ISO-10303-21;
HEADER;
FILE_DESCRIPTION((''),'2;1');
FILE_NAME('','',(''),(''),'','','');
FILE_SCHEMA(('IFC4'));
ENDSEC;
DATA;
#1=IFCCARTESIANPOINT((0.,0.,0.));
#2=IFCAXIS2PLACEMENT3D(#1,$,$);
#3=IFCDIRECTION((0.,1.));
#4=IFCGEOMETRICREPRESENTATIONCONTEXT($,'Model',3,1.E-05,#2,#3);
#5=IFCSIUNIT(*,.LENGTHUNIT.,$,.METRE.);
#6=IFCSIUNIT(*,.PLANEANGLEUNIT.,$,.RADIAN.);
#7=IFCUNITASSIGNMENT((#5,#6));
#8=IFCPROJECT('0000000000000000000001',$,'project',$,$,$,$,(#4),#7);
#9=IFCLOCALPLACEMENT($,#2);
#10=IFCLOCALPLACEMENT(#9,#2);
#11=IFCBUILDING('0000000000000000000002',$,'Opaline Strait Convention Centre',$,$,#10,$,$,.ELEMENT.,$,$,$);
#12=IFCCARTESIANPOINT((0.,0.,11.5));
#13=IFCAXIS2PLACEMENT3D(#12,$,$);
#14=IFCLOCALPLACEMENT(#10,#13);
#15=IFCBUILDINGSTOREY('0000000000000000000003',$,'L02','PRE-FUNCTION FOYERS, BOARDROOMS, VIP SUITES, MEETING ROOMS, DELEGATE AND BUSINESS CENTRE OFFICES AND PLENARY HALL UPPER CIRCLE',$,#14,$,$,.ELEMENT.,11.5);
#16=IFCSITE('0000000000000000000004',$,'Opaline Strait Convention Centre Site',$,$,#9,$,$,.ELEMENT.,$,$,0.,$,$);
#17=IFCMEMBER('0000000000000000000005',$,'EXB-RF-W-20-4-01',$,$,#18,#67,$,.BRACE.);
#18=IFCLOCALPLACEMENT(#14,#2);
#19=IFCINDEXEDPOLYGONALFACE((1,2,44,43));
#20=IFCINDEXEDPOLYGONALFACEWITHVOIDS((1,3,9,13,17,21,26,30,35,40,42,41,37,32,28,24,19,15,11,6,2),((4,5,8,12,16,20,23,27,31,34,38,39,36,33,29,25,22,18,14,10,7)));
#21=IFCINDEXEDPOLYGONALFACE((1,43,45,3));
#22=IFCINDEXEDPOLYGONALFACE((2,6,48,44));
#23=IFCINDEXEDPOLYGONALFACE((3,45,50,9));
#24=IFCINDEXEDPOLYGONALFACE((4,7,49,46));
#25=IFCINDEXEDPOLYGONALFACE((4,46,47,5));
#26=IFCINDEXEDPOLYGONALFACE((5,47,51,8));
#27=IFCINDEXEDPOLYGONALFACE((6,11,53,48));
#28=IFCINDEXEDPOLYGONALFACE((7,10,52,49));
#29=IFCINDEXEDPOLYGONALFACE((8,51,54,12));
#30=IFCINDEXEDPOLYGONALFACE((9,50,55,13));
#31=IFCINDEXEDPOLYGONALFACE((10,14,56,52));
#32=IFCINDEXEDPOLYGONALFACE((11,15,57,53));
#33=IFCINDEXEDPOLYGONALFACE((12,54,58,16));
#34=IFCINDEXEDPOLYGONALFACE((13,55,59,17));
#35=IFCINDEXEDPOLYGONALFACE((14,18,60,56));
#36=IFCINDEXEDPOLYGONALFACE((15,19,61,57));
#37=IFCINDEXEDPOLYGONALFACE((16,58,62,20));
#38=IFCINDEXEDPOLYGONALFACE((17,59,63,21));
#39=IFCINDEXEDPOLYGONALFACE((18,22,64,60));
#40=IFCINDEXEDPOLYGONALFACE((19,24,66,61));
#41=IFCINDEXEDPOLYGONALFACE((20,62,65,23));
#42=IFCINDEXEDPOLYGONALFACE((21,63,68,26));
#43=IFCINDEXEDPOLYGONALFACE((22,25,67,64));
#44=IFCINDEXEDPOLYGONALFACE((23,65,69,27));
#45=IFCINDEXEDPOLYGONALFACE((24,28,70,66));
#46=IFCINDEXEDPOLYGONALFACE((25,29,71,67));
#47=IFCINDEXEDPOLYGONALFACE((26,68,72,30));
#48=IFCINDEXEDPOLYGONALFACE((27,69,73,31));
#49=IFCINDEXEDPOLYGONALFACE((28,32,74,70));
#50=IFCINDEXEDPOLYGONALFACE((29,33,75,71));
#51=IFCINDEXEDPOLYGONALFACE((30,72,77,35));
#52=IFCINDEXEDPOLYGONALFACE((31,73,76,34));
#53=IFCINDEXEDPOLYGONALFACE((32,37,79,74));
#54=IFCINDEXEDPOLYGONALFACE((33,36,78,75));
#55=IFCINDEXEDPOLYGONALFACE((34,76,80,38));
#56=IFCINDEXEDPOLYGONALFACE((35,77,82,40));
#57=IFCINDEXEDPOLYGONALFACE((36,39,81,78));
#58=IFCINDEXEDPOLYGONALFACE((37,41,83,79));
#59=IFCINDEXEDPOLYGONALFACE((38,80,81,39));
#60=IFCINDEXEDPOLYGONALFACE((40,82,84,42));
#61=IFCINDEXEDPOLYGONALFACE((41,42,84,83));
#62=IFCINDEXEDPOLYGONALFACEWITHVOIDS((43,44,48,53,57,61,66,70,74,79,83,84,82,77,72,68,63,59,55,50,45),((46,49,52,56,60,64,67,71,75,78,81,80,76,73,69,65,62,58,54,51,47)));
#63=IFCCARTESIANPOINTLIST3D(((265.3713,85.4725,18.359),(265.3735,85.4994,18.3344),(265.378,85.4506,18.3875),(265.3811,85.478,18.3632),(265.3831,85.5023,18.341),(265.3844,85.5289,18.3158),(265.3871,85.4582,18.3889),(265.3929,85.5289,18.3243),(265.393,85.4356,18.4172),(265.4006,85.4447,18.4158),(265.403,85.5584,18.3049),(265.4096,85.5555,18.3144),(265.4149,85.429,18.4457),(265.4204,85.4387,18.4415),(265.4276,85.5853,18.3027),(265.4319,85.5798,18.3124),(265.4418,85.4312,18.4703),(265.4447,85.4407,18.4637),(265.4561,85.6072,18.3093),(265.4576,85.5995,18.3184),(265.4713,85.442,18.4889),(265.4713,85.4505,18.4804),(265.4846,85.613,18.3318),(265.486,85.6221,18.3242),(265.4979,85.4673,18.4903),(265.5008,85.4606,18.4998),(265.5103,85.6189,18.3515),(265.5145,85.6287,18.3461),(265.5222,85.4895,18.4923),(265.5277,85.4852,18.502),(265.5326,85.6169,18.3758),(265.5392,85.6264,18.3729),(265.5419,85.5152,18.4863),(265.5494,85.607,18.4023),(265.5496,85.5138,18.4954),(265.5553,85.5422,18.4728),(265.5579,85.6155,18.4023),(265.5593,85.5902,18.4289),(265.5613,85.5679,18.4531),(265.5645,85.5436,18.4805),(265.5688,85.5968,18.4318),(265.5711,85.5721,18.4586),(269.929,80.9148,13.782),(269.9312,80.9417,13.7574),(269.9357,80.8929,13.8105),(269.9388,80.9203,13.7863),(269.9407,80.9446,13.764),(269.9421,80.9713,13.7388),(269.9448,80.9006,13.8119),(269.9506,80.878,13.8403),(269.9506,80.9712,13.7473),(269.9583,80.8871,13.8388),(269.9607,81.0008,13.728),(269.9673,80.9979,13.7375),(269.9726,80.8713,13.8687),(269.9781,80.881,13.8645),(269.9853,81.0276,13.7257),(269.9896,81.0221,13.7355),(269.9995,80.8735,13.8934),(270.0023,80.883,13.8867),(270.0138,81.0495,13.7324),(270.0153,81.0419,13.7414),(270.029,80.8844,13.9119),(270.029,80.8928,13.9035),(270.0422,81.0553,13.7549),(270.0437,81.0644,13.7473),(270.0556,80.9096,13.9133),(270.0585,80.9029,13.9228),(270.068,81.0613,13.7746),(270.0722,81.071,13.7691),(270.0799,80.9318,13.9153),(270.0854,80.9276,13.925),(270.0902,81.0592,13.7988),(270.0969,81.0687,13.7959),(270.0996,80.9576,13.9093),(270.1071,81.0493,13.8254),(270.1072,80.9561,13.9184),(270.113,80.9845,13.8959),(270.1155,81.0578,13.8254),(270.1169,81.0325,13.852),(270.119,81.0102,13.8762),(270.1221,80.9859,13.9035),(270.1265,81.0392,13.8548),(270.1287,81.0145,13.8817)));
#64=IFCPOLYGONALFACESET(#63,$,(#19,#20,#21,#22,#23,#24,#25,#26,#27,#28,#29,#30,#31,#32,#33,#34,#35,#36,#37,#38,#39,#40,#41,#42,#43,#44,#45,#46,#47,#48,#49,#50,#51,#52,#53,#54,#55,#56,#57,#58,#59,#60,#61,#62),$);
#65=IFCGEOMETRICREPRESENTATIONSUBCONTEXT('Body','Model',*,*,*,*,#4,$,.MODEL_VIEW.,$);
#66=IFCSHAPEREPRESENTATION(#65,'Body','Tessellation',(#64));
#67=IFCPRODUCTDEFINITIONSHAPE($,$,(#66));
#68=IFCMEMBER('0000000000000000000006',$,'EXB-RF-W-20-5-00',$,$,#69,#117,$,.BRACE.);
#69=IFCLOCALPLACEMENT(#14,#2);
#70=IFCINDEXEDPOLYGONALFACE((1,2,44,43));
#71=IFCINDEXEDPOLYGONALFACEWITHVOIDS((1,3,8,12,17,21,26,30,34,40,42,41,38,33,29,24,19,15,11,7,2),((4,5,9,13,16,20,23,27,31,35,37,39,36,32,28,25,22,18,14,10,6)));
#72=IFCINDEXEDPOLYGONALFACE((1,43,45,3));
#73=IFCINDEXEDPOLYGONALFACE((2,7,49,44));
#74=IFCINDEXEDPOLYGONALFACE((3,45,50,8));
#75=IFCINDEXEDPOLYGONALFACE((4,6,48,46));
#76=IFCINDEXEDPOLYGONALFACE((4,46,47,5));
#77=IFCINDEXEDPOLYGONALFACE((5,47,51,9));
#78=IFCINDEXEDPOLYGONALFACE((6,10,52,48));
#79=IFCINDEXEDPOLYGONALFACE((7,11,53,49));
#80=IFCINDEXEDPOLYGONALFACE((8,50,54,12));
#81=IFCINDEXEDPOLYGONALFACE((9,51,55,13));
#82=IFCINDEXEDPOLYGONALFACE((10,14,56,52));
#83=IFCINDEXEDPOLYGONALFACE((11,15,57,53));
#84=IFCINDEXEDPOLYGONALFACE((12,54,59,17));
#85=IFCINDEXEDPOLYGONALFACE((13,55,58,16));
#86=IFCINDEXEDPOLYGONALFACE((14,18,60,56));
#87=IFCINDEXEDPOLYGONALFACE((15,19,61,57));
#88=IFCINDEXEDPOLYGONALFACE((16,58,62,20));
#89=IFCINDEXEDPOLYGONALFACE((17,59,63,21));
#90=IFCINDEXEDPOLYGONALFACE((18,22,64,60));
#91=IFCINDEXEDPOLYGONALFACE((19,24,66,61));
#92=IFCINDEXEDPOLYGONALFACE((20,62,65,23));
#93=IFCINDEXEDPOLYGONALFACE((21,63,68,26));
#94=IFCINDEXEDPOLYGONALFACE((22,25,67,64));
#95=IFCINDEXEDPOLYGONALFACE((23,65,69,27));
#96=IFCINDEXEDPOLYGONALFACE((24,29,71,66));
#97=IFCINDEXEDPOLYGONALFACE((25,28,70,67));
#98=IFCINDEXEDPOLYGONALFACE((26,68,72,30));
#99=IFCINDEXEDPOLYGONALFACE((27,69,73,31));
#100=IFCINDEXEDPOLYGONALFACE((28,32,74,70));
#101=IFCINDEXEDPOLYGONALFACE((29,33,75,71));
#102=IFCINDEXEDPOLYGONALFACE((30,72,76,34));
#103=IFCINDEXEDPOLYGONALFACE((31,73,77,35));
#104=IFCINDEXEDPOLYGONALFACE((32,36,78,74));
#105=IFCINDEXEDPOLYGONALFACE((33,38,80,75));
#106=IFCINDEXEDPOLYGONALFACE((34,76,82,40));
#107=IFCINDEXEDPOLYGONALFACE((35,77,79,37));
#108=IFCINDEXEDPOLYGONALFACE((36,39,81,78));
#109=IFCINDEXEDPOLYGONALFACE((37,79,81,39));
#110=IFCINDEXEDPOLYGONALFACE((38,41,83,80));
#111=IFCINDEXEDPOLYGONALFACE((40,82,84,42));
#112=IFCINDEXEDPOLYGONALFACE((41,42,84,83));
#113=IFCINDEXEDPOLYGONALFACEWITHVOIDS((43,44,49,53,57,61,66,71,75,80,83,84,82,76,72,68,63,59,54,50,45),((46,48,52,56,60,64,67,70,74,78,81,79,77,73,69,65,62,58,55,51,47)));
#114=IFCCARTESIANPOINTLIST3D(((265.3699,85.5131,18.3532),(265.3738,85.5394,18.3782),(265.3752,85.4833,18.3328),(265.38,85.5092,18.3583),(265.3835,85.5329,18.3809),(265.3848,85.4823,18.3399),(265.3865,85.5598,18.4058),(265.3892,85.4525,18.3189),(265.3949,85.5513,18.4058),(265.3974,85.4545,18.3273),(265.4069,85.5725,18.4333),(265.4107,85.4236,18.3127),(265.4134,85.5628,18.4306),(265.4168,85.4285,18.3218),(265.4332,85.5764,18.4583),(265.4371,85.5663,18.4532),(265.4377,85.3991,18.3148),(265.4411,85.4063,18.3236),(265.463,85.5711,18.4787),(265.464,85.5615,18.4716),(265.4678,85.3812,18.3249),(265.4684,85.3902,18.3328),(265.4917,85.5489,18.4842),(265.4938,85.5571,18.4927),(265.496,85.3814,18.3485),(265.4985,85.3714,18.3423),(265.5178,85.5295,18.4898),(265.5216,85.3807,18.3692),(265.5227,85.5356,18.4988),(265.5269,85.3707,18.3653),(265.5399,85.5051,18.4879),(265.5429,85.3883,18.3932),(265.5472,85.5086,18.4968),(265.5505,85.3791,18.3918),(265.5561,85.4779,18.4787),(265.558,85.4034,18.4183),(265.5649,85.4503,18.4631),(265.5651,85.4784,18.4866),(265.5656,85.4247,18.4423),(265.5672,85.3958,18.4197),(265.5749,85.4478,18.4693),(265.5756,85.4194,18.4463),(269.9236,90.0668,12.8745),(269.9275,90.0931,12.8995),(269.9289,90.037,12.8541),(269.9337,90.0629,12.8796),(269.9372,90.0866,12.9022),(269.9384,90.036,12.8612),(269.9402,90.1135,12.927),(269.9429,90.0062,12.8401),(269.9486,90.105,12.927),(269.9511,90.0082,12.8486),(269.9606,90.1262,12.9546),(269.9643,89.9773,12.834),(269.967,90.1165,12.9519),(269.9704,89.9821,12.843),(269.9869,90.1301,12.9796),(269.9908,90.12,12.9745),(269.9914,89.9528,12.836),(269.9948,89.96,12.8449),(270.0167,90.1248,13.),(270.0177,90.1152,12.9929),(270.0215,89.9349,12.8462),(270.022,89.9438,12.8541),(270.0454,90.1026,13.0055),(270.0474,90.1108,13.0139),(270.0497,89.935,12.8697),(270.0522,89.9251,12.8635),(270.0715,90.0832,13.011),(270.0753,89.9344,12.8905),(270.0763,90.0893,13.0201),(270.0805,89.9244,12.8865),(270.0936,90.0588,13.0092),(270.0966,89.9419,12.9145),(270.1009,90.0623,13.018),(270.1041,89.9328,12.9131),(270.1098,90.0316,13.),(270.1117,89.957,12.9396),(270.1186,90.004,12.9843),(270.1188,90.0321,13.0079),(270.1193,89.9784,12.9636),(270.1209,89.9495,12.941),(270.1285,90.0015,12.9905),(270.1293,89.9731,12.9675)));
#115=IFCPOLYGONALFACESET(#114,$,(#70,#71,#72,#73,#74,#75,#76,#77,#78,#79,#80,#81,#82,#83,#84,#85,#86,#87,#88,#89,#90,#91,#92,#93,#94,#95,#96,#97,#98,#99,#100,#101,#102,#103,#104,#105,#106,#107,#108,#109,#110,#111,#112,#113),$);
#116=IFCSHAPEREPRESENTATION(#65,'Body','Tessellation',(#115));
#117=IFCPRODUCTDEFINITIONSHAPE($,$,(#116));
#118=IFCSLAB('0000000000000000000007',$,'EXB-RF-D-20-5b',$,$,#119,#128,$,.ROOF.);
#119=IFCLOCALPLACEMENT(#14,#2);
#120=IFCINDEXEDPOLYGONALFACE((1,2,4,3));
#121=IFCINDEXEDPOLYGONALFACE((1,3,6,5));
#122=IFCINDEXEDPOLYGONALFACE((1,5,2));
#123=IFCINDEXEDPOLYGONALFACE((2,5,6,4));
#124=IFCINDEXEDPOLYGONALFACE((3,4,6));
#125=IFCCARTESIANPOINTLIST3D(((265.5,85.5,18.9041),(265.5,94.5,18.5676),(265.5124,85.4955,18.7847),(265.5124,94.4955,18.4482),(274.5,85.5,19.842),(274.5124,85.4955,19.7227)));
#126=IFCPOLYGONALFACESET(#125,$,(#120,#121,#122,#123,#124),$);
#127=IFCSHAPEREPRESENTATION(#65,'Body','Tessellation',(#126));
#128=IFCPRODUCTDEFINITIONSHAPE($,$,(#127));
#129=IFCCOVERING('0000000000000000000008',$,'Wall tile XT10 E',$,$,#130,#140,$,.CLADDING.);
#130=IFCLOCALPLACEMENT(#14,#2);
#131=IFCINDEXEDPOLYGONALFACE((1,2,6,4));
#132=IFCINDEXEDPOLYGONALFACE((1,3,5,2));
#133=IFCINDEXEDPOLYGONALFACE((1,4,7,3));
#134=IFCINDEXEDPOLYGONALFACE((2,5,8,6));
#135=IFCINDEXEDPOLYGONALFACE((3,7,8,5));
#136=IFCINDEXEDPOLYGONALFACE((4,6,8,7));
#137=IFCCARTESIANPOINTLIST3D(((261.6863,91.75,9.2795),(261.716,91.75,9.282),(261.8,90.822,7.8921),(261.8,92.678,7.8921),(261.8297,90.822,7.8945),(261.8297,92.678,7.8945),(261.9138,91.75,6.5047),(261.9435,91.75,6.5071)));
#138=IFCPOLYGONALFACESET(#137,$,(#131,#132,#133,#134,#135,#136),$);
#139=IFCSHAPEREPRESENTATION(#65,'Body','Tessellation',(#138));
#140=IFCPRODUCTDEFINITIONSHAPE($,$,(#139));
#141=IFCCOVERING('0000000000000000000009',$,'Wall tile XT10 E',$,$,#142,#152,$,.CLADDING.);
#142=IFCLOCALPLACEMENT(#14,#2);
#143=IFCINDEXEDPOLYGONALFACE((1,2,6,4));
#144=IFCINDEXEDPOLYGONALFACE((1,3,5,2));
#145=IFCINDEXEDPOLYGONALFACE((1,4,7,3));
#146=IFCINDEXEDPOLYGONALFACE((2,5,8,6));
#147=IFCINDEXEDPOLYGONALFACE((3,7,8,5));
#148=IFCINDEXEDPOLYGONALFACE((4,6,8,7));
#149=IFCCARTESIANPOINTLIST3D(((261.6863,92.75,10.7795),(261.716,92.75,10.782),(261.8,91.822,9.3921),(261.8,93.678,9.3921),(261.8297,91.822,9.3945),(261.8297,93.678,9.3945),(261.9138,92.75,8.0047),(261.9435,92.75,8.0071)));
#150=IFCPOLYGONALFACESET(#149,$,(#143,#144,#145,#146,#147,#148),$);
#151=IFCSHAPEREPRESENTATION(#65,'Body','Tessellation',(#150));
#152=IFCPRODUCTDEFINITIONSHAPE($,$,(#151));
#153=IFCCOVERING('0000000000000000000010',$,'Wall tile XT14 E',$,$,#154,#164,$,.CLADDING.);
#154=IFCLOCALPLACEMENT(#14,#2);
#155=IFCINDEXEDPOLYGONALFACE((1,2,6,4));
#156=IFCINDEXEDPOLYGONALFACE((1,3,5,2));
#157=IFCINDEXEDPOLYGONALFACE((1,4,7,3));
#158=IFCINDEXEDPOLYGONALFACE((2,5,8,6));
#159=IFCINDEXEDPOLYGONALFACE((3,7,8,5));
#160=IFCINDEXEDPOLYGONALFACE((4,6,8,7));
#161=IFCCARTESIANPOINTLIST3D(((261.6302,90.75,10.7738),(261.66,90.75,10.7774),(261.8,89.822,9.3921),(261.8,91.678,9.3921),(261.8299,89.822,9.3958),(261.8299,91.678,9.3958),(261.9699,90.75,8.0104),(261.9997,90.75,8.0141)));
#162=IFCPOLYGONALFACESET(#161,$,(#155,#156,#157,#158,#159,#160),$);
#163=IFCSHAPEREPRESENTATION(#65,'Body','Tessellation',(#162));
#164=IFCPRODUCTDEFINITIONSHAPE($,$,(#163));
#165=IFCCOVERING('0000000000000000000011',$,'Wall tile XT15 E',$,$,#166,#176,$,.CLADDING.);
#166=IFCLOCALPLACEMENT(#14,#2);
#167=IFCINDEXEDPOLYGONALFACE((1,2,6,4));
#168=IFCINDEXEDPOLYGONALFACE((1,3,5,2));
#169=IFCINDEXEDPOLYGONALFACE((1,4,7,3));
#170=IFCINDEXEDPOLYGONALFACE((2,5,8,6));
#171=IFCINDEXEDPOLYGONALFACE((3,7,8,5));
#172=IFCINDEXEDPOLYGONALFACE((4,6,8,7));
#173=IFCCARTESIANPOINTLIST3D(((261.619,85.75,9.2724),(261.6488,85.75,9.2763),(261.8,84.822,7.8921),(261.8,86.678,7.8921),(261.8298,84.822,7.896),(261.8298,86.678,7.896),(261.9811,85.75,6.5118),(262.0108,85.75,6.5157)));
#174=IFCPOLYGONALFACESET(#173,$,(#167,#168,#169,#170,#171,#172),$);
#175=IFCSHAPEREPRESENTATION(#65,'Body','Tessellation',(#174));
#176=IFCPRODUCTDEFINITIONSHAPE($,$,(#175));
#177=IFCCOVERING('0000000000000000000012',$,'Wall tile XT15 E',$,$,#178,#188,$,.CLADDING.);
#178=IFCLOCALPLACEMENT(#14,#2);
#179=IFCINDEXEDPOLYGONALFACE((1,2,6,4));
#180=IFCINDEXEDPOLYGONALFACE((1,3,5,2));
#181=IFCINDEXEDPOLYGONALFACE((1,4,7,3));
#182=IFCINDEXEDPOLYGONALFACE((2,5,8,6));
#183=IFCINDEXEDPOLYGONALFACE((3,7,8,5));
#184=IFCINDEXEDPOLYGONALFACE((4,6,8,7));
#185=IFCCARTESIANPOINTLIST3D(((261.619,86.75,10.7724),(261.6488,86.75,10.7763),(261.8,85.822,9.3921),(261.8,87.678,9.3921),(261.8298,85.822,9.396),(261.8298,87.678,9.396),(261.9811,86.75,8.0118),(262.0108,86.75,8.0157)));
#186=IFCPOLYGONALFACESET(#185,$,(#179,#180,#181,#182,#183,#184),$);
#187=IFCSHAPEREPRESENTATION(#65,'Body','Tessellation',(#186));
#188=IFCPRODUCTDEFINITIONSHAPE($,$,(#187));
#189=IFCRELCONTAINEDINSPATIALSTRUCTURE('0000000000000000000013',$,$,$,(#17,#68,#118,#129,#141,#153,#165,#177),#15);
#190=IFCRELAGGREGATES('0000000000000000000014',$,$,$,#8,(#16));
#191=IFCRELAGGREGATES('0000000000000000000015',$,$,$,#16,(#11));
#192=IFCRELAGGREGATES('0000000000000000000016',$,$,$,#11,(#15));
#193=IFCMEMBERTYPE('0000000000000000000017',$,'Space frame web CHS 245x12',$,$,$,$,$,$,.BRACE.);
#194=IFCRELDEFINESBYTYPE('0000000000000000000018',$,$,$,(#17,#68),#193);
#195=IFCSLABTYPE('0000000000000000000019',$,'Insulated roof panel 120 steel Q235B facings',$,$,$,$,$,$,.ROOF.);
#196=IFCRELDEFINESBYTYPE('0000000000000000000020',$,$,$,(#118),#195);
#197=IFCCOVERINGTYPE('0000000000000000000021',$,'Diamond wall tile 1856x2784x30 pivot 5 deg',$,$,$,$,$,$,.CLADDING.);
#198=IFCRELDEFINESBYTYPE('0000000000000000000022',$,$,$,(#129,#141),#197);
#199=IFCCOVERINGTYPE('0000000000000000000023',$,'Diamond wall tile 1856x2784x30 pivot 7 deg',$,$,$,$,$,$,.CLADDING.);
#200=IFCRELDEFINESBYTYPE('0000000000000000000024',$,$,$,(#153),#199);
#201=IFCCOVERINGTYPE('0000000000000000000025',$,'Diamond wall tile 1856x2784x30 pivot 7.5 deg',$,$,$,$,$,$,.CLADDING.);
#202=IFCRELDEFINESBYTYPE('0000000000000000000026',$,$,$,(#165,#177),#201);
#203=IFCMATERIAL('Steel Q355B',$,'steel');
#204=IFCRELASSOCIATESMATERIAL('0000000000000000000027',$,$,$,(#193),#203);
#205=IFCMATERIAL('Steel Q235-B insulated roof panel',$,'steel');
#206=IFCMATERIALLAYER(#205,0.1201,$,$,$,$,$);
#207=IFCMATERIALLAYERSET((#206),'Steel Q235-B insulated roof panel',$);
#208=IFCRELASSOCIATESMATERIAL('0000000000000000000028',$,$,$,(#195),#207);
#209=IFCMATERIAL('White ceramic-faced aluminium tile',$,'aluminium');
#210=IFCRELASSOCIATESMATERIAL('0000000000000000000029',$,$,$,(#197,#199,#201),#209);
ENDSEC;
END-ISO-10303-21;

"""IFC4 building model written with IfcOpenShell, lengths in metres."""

from ifc_helpers import new_model, si_unit, direction, frame, origin, origin_2d, place, context, subcontext, project, spatial, polyline, hollow_circle, outline, extrude, material, layer, layer_set, material_profile, profile_set, type_object, element, save


model = new_model("IFC4")

# Units and contexts
model_context = context("Model", 3, precision=1e-05, world=origin(), true_north=direction((0.0, 1.0)))
body_context = subcontext(model_context, "Body", "Model", "MODEL_VIEW")
ifc_project = project(units=[si_unit("LENGTHUNIT", "METRE"), si_unit("PLANEANGLEUNIT", "RADIAN")], contexts=[model_context])

# Site, building, storey
site_placement = place(None, origin())
site = spatial("IfcSite", under=ifc_project, at=site_placement, Name="Opaline Strait Convention Centre Site", CompositionType="ELEMENT", RefElevation=0.0)
building_placement = place(site_placement, origin())
building = spatial("IfcBuilding", under=site, at=building_placement, Name="Opaline Strait Convention Centre", CompositionType="ELEMENT")
storey_placement = place(building_placement, frame((0.0, 0.0, 11.5)))
storey = spatial("IfcBuildingStorey", under=building, at=storey_placement, Name="L02", Description="PRE-FUNCTION FOYERS, BOARDROOMS, VIP SUITES, MEETING ROOMS, DELEGATE AND BUSINESS CENTRE OFFICES AND PLENARY HALL UPPER CIRCLE", CompositionType="ELEMENT", Elevation=11.5)

# Members
ifc_material_1 = material(Name="Steel Q355B", Category="steel")
ifc_material_profile_1 = material_profile(ifc_material_1, hollow_circle(Radius=0.1226, WallThickness=0.012, at=origin_2d()), Name="CHS 245x12")
ifc_profile_set_1 = profile_set([ifc_material_profile_1], Name="Steel Q355B")
member_type_1 = type_object("IfcMemberType", Name="Space frame web CHS 245x12", PredefinedType="BRACE", material=ifc_profile_set_1)
member_1_placement = place(storey_placement, frame((265.4712, 85.5288, 18.4023), z_axis=(0.576536, -0.576536, -0.578976), x_axis=(0.707107, 0.707107, 0.0)))
element("IfcMember", 1, at=member_1_placement, inside=storey, type_object=member_type_1, Name="EXB-RF-W-20-4-01", PredefinedType="BRACE", context=body_context, shape_type="SweptSolid", body=[
    extrude(hollow_circle(Radius=0.1226, WallThickness=0.012, at=origin_2d()), origin(), (0.0, 0.0, 1.0), 7.9053),
])
member_2_placement = place(storey_placement, frame((265.4731, 85.4731, 18.4058), z_axis=(0.538573, 0.538573, -0.64798), x_axis=(-0.707107, 0.707107, 0.0)))
element("IfcMember", 2, at=member_2_placement, inside=storey, type_object=member_type_1, Name="EXB-RF-W-20-5-00", PredefinedType="BRACE", context=body_context, shape_type="SweptSolid", body=[
    extrude(hollow_circle(Radius=0.1226, WallThickness=0.012, at=origin_2d()), origin(), (0.0, 0.0, 1.0), 8.4551),
])

# Slab
ifc_material_2 = material(Name="Steel Q235-B insulated roof panel", Category="steel")
ifc_layer_1 = layer(ifc_material_2, 0.1201)
ifc_layer_set_1 = layer_set([ifc_layer_1], Name="Steel Q235-B insulated roof panel")
slab_type = type_object("IfcSlabType", Name="Insulated roof panel 120 steel Q235B facings", PredefinedType="ROOF", material=ifc_layer_set_1)
slab_placement = place(storey_placement, frame((265.5, 85.5, 18.9041), z_axis=(-0.103588, 0.037154, 0.993926), x_axis=(0.994613, 0.0, 0.103659)))
element("IfcSlab", 3, at=slab_placement, inside=storey, type_object=slab_type, Name="EXB-RF-D-20-5b", PredefinedType="ROOF", context=body_context, shape_type="SweptSolid", body=[
    extrude(outline(polyline([(0.0, 0.0), (9.0487, 0.0), (-0.0349, 9.0062), (0.0, 0.0)])), origin(), (0.0, 0.0, -1.0), 0.1201),
])

# Coverings
ifc_material_3 = material(Name="White ceramic-faced aluminium tile", Category="aluminium")
ifc_material_profile_2 = material_profile(ifc_material_3, outline(polyline([(0.928, 0.0), (0.0, 1.3921), (-0.928, 0.0), (0.0, -1.3921), (0.928, 0.0)])), Name="Diamond tile 1856x2784")
ifc_profile_set_2 = profile_set([ifc_material_profile_2], Name="White ceramic-faced aluminium tile")
covering_type_1 = type_object("IfcCoveringType", Name="Diamond wall tile 1856x2784x30 pivot 5 deg", PredefinedType="CLADDING", material=ifc_profile_set_2)
for number, where, z_axis, x_axis, name in (
    (4, (261.8, 91.75, 7.8921), (0.996658, 0.0, 0.081693), (0.0, 1.0, 0.0), "Wall tile XT10 E"),
    (5, (261.8, 92.75, 9.3921), (0.996658, 0.0, 0.081693), (0.0, 1.0, 0.0), "Wall tile XT10 E"),
):
    element("IfcCovering", number, at=place(storey_placement, frame(where, z_axis=z_axis, x_axis=x_axis)), inside=storey, type_object=covering_type_1, Name=name, PredefinedType="CLADDING", context=body_context, shape_type="SweptSolid", body=[
        extrude(outline(polyline([(0.928, 0.0), (0.0, 1.3921), (-0.928, 0.0), (0.0, -1.3921), (0.928, 0.0)])), origin(), (0.0, 0.0, 1.0), 0.0298),
    ])
ifc_material_profile_3 = material_profile(ifc_material_3, outline(polyline([(0.928, 0.0), (0.0, 1.3921), (-0.928, 0.0), (0.0, -1.3921), (0.928, 0.0)])), Name="Diamond tile 1856x2784")
ifc_profile_set_3 = profile_set([ifc_material_profile_3], Name="White ceramic-faced aluminium tile")
covering_type_2 = type_object("IfcCoveringType", Name="Diamond wall tile 1856x2784x30 pivot 7 deg", PredefinedType="CLADDING", material=ifc_profile_set_3)
covering_1_placement = place(storey_placement, frame((261.8, 90.75, 9.3921), z_axis=(0.992526, 0.0, 0.122032), x_axis=(0.0, 1.0, 0.0)))
element("IfcCovering", 6, at=covering_1_placement, inside=storey, type_object=covering_type_2, Name="Wall tile XT14 E", PredefinedType="CLADDING", context=body_context, shape_type="SweptSolid", body=[
    extrude(outline(polyline([(0.928, 0.0), (0.0, 1.3921), (-0.928, 0.0), (0.0, -1.3921), (0.928, 0.0)])), origin(), (0.0, 0.0, 1.0), 0.03),
])
ifc_material_profile_4 = material_profile(ifc_material_3, outline(polyline([(0.928, 0.0), (0.0, 1.3921), (-0.928, 0.0), (0.0, -1.3921), (0.928, 0.0)])), Name="Diamond tile 1856x2784")
ifc_profile_set_4 = profile_set([ifc_material_profile_4], Name="White ceramic-faced aluminium tile")
covering_type_3 = type_object("IfcCoveringType", Name="Diamond wall tile 1856x2784x30 pivot 7.5 deg", PredefinedType="CLADDING", material=ifc_profile_set_4)
for number, where, z_axis, x_axis, name in (
    (7, (261.8, 85.75, 7.8921), (0.99151, 0.0, 0.130034), (0.0, 1.0, 0.0), "Wall tile XT15 E"),
    (8, (261.8, 86.75, 9.3921), (0.99151, 0.0, 0.130034), (0.0, 1.0, 0.0), "Wall tile XT15 E"),
):
    element("IfcCovering", number, at=place(storey_placement, frame(where, z_axis=z_axis, x_axis=x_axis)), inside=storey, type_object=covering_type_3, Name=name, PredefinedType="CLADDING", context=body_context, shape_type="SweptSolid", body=[
        extrude(outline(polyline([(0.928, 0.0), (0.0, 1.3921), (-0.928, 0.0), (0.0, -1.3921), (0.928, 0.0)])), origin(), (0.0, 0.0, 1.0), 0.03),
    ])

save(model, "model.ifc")
